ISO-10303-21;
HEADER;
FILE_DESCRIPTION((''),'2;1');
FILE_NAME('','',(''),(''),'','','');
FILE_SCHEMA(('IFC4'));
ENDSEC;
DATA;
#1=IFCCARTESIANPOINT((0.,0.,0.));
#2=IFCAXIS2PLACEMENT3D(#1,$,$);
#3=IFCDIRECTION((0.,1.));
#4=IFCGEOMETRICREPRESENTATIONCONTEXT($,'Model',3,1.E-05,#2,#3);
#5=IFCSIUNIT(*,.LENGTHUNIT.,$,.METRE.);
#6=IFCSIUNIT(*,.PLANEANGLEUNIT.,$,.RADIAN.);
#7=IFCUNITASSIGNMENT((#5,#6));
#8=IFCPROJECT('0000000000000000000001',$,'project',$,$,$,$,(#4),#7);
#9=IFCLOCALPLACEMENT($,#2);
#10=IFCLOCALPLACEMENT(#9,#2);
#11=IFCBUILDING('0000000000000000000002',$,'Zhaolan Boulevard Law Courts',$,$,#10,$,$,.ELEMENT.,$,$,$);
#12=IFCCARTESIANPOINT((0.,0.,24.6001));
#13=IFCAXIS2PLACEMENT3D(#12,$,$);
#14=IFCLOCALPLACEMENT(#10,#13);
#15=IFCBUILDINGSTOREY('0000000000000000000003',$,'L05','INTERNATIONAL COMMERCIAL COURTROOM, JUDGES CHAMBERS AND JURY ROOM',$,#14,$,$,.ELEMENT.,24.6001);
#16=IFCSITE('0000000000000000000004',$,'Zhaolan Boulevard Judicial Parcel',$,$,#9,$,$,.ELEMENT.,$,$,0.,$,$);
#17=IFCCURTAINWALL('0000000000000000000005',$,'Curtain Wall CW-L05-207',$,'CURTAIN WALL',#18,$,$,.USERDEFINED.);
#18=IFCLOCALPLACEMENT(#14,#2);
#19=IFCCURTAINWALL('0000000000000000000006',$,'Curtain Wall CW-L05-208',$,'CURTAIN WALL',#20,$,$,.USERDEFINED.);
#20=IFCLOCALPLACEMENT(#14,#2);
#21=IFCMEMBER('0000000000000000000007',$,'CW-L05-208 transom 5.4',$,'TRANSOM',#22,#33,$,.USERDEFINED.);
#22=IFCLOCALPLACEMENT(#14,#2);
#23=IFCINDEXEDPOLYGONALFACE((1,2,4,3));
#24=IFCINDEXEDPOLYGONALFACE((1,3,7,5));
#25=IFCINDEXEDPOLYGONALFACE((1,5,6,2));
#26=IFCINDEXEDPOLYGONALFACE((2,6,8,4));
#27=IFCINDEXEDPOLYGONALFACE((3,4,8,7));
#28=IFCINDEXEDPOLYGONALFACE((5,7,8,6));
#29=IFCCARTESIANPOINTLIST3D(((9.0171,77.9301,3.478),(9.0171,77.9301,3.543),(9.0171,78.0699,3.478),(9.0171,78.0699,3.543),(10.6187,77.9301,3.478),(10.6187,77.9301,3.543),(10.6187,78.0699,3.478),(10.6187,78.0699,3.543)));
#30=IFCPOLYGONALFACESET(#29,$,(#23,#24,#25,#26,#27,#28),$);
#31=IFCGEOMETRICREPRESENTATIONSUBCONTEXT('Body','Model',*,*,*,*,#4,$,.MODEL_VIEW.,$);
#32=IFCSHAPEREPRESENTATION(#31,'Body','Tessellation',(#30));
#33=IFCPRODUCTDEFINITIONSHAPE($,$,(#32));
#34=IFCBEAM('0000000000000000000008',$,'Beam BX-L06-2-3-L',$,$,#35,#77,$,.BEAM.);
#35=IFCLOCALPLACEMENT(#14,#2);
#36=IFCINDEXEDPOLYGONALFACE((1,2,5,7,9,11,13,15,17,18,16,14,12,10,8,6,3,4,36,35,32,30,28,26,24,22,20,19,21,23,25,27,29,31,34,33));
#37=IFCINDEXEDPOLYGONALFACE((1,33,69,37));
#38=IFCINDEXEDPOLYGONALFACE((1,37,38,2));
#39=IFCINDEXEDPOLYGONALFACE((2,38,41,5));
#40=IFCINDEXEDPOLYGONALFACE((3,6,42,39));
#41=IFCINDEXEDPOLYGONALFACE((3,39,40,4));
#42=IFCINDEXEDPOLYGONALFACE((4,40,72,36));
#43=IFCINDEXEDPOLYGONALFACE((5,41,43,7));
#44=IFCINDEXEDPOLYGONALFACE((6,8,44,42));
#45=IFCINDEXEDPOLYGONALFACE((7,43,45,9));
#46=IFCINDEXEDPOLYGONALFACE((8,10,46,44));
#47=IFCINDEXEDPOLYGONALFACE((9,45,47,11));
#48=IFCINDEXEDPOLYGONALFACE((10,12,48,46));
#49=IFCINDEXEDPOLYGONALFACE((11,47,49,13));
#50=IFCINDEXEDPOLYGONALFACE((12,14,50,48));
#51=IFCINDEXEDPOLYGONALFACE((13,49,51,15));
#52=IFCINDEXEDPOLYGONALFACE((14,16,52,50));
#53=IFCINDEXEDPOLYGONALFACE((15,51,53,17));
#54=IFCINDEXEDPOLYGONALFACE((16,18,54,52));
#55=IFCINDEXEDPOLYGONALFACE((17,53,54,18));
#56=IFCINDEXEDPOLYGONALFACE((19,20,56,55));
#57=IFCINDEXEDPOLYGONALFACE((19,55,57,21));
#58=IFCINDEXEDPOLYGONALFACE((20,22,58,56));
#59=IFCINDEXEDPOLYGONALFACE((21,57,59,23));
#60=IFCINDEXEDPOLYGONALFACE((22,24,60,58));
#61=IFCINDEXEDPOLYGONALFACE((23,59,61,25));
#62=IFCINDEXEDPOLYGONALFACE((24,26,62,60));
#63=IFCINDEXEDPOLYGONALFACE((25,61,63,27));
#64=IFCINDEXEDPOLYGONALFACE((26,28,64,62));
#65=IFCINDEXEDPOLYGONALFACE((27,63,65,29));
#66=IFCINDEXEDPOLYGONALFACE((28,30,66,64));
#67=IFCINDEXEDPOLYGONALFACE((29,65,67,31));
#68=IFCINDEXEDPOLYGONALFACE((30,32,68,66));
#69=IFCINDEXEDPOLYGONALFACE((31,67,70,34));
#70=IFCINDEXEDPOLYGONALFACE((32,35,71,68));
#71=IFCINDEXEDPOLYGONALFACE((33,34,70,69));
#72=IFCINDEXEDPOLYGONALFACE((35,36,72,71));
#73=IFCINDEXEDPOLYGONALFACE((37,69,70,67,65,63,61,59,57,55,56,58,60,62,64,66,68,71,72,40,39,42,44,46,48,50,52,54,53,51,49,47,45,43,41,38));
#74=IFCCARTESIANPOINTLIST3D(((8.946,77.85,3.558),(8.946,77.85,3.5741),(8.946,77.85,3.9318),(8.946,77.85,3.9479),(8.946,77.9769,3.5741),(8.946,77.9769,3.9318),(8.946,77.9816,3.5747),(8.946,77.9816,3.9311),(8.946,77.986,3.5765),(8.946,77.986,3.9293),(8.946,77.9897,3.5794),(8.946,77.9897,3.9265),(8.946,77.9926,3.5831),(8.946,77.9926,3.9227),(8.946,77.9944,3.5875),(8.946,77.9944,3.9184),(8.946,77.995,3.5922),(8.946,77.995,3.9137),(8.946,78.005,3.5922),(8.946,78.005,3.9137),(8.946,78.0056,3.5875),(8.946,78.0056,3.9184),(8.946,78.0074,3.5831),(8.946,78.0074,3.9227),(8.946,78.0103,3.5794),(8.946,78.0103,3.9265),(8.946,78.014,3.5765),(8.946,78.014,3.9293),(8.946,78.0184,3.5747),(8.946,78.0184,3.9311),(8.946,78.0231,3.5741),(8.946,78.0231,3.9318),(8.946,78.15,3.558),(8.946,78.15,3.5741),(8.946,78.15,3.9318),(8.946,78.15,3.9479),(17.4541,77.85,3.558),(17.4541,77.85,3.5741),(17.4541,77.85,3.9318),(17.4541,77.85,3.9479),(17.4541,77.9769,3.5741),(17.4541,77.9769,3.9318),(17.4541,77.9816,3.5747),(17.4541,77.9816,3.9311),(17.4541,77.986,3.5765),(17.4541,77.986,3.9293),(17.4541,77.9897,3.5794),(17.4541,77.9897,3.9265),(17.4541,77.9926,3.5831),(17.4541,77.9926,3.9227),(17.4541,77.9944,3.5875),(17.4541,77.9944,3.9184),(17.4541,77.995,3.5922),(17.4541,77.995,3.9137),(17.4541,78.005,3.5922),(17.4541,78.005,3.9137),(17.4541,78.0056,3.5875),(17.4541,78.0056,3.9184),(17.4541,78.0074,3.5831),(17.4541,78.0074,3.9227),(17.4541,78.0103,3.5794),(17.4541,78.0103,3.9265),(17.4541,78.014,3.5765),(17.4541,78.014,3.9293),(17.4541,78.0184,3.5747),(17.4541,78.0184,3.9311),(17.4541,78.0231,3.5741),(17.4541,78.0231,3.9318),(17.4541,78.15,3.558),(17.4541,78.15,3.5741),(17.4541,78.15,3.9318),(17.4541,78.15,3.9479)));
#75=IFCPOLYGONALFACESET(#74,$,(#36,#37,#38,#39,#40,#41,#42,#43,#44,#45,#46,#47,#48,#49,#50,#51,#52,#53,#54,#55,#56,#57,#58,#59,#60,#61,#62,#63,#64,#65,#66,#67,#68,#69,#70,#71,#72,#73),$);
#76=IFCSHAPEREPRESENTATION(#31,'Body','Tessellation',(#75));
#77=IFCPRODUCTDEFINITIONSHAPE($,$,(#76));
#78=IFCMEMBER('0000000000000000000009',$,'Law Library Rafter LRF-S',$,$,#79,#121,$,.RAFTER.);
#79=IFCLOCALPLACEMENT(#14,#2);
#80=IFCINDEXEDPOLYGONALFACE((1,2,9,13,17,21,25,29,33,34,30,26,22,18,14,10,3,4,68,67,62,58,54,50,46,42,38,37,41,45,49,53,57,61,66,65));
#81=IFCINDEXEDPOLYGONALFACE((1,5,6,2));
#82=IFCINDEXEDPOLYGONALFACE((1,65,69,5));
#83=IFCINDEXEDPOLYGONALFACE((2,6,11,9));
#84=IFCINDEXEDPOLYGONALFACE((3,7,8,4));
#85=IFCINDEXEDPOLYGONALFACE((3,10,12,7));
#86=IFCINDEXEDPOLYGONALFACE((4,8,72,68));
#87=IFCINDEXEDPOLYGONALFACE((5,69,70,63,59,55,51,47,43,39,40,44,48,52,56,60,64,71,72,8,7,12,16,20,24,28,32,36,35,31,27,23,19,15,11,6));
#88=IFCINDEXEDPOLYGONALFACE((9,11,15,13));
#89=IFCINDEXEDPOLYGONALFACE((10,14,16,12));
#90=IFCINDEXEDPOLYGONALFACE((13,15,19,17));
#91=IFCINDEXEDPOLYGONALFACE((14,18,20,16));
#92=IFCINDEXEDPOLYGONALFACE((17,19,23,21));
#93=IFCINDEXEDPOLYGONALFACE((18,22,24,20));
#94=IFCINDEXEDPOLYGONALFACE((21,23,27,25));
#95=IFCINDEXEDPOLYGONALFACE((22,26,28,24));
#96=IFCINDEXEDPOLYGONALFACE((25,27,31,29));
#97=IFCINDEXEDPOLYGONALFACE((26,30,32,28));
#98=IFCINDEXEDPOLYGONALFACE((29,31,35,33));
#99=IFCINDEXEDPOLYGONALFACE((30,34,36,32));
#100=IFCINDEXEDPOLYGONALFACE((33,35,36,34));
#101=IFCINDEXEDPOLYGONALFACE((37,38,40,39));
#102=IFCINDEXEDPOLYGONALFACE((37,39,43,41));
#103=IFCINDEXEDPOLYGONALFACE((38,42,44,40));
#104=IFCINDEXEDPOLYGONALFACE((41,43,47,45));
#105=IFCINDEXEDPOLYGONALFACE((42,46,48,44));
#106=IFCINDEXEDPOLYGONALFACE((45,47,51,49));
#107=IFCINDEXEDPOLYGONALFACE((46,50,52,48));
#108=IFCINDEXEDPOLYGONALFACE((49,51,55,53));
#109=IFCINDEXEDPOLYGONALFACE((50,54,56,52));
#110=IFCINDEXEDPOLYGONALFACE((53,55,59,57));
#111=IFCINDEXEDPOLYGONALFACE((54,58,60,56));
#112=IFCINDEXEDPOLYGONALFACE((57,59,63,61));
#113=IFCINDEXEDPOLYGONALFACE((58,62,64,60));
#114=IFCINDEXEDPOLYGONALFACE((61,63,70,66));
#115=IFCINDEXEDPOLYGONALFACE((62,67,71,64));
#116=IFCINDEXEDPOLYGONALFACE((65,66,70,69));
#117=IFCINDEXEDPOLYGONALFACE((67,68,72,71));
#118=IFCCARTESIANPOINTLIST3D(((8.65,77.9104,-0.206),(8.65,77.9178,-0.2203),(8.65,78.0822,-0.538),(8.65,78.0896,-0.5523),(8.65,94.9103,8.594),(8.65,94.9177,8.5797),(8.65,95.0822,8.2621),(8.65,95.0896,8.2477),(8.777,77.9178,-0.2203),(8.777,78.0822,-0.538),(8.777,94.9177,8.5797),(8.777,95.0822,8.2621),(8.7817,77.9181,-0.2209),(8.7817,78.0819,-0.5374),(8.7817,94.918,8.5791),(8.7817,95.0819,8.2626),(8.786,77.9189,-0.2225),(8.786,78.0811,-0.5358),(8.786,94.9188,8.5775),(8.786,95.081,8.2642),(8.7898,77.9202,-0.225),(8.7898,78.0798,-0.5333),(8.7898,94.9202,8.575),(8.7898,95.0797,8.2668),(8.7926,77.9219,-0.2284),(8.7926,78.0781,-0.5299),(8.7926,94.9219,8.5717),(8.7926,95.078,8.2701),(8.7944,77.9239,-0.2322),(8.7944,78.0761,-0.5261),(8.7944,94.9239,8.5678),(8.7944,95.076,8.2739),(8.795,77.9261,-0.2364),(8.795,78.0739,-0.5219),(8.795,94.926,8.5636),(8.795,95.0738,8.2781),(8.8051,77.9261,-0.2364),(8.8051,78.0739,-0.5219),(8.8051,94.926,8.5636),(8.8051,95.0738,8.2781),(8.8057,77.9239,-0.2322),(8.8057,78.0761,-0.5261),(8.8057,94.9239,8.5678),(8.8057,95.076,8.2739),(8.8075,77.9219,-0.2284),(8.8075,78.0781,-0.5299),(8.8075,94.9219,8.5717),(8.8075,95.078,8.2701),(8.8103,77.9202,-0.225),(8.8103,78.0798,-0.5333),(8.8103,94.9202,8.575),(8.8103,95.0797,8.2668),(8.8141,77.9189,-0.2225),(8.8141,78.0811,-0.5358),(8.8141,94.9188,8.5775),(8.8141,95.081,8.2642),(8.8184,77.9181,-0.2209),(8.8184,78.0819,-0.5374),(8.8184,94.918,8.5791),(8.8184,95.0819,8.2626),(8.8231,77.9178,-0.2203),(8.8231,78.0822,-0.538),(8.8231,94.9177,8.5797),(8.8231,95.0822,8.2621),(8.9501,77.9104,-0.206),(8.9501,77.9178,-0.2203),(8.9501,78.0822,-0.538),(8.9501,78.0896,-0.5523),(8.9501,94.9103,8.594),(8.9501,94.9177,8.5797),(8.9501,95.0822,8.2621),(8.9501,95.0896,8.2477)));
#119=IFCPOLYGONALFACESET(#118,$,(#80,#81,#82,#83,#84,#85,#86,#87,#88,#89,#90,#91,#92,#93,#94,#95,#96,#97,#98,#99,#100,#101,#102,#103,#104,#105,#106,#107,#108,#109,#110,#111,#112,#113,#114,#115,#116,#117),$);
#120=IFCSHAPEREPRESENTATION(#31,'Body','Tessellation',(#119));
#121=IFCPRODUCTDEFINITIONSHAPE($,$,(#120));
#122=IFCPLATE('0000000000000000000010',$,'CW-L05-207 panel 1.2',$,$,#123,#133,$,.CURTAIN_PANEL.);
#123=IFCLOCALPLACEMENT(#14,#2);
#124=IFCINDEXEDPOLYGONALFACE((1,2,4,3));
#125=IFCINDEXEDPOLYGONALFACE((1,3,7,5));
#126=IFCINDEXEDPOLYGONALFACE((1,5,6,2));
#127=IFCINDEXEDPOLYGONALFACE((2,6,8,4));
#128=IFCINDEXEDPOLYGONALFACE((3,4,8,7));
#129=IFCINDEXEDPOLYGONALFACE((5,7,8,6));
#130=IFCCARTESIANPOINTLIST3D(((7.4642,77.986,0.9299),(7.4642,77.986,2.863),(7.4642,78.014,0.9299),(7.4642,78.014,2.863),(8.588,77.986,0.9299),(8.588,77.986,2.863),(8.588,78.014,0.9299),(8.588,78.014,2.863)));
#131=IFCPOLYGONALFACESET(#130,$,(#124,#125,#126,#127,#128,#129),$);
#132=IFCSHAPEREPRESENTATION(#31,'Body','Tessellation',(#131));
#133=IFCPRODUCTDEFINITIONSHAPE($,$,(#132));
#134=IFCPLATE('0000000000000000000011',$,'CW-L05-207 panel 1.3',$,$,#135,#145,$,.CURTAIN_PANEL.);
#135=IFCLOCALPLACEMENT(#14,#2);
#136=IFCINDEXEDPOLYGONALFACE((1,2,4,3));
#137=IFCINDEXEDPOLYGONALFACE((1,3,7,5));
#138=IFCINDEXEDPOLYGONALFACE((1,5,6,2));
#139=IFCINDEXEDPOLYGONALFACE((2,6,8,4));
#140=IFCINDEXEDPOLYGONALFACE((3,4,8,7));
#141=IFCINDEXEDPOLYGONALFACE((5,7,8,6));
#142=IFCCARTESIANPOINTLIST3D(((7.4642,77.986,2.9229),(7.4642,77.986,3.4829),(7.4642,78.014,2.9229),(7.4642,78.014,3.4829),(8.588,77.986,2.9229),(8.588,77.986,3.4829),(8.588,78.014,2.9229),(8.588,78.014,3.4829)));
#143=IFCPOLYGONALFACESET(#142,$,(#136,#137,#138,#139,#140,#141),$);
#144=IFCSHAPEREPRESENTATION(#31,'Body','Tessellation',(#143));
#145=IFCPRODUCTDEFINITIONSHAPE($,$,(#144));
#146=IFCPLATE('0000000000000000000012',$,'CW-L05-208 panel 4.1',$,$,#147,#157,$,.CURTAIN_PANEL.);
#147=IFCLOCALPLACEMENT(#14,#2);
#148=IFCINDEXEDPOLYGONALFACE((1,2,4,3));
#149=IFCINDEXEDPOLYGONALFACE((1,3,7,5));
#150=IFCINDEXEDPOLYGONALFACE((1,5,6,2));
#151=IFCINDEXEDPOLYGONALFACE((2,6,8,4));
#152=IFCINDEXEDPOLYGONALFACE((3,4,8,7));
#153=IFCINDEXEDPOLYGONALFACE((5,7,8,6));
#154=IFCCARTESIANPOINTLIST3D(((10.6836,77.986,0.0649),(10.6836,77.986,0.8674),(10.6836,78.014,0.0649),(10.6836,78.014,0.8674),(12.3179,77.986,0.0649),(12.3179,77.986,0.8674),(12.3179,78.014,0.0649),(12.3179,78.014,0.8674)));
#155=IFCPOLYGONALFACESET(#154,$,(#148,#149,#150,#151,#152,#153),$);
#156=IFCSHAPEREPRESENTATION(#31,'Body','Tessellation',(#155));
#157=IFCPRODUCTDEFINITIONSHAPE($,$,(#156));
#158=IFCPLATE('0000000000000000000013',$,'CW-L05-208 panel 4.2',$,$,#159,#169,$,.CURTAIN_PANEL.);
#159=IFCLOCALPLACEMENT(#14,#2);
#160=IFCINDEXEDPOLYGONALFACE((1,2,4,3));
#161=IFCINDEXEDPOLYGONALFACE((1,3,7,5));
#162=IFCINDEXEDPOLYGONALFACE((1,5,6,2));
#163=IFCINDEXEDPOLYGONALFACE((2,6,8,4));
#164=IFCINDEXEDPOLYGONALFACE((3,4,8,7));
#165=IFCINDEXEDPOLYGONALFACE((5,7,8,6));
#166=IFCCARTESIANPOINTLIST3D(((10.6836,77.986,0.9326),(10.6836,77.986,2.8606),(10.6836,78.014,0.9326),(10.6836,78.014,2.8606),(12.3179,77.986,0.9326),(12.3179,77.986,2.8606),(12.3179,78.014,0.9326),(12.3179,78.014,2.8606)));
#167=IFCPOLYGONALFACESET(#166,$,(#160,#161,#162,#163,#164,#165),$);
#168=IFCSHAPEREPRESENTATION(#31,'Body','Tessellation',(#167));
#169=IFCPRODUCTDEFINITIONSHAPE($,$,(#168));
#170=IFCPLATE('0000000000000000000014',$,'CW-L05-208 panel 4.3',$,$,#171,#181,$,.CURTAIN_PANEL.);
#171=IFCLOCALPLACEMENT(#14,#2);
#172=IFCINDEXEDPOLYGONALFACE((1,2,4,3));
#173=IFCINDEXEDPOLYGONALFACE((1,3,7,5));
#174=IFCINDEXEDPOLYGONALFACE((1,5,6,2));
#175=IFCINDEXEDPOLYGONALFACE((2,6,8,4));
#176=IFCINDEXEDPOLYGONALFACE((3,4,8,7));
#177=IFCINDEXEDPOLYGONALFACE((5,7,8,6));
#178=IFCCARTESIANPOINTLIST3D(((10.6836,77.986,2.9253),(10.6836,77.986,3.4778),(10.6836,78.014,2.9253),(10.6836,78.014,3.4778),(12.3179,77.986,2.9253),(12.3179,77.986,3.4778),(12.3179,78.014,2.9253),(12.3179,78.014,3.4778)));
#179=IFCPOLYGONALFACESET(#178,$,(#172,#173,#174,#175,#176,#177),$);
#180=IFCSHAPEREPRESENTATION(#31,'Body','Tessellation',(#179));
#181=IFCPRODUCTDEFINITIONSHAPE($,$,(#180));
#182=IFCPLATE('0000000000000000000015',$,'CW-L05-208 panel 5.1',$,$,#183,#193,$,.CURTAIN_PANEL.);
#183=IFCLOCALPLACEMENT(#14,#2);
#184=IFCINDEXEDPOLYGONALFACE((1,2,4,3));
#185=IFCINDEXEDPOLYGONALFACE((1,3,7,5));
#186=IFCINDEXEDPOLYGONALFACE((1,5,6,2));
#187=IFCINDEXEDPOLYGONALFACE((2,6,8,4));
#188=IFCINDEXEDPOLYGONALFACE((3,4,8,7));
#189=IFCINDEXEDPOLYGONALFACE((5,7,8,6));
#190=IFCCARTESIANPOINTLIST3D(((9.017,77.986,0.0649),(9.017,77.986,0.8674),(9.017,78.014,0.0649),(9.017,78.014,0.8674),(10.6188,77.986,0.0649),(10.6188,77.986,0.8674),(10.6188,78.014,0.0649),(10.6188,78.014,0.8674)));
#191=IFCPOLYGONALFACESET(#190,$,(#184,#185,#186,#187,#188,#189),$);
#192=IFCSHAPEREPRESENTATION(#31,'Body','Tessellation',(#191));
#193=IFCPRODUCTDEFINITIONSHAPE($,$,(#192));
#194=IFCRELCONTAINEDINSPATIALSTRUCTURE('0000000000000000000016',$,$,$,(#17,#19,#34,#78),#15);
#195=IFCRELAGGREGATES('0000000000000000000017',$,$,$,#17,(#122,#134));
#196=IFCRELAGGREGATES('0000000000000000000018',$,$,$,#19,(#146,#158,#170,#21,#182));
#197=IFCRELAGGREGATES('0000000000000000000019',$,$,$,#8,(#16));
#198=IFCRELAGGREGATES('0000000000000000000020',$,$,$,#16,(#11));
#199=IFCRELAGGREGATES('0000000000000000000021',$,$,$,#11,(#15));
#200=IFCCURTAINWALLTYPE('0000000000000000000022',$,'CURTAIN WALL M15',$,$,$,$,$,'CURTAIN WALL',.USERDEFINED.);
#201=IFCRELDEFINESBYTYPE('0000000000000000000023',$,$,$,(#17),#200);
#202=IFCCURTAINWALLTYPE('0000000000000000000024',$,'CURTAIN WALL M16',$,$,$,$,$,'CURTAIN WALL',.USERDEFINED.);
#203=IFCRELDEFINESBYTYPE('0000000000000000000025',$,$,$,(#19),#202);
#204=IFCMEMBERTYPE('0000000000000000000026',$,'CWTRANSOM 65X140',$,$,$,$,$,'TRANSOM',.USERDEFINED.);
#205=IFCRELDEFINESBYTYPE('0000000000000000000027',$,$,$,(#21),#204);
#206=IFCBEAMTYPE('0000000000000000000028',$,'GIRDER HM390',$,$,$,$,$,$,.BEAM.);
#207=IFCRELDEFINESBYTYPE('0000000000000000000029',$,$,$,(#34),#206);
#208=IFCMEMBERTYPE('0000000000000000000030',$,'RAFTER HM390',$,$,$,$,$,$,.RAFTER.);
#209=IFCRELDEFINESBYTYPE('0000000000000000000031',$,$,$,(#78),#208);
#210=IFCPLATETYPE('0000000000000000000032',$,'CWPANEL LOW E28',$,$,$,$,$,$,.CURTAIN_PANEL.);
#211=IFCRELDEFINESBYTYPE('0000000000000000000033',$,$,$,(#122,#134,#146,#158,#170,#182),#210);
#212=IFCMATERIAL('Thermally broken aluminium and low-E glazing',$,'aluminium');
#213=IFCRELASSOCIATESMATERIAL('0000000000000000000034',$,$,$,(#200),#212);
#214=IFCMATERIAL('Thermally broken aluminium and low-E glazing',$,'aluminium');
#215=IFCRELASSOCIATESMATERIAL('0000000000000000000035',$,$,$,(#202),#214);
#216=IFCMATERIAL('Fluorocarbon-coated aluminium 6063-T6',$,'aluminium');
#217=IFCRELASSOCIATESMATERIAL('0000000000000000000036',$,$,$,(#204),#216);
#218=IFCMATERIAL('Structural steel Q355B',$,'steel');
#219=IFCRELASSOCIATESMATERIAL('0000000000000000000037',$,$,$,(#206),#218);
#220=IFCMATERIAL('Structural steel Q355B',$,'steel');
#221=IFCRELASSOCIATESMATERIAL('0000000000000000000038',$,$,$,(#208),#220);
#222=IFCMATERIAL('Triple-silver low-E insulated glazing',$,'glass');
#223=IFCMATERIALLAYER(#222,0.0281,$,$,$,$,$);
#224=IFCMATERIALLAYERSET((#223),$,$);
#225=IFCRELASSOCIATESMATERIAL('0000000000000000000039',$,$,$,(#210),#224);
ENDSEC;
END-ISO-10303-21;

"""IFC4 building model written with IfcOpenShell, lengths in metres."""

from ifc_helpers import new_model, si_unit, direction, frame, origin, origin_2d, place, context, subcontext, project, spatial, rectangle, i_section, extrude, material, layer, layer_set, material_profile, profile_set, type_object, element, aggregate, save


model = new_model("IFC4")

# Units and contexts
model_context = context("Model", 3, precision=1e-05, world=origin(), true_north=direction((0.0, 1.0)))
body_context = subcontext(model_context, "Body", "Model", "MODEL_VIEW")
ifc_project = project(units=[si_unit("LENGTHUNIT", "METRE"), si_unit("PLANEANGLEUNIT", "RADIAN")], contexts=[model_context])

# Site, building, storey
site_placement = place(None, origin())
site = spatial("IfcSite", under=ifc_project, at=site_placement, Name="Zhaolan Boulevard Judicial Parcel", CompositionType="ELEMENT", RefElevation=0.0)
building_placement = place(site_placement, origin())
building = spatial("IfcBuilding", under=site, at=building_placement, Name="Zhaolan Boulevard Law Courts", CompositionType="ELEMENT")
storey_placement = place(building_placement, frame((0.0, 0.0, 24.6001)))
storey = spatial("IfcBuildingStorey", under=building, at=storey_placement, Name="L05", Description="INTERNATIONAL COMMERCIAL COURTROOM, JUDGES CHAMBERS AND JURY ROOM", CompositionType="ELEMENT", Elevation=24.6001)

# Curtain wall
ifc_material_1 = material(Name="Thermally broken aluminium and low-E glazing", Category="aluminium")
curtain_wall_type_1 = type_object("IfcCurtainWallType", Name="CURTAIN WALL M15", ElementType="CURTAIN WALL", PredefinedType="USERDEFINED", material=ifc_material_1)
curtain_wall_1_placement = place(storey_placement, origin())
curtain_wall_1 = element("IfcCurtainWall", 1, at=curtain_wall_1_placement, inside=storey, type_object=curtain_wall_type_1, Name="Curtain Wall CW-L05-207", ObjectType="CURTAIN WALL", PredefinedType="USERDEFINED")

# Curtain wall
ifc_material_2 = material(Name="Thermally broken aluminium and low-E glazing", Category="aluminium")
curtain_wall_type_2 = type_object("IfcCurtainWallType", Name="CURTAIN WALL M16", ElementType="CURTAIN WALL", PredefinedType="USERDEFINED", material=ifc_material_2)
curtain_wall_2_placement = place(storey_placement, origin())
curtain_wall_2 = element("IfcCurtainWall", 2, at=curtain_wall_2_placement, inside=storey, type_object=curtain_wall_type_2, Name="Curtain Wall CW-L05-208", ObjectType="CURTAIN WALL", PredefinedType="USERDEFINED")

# Member
ifc_material_3 = material(Name="Fluorocarbon-coated aluminium 6063-T6", Category="aluminium")
ifc_material_profile_1 = material_profile(ifc_material_3, rectangle(XDim=0.1399, YDim=0.0649, at=origin_2d()), Name="AL65x140")
ifc_profile_set_1 = profile_set([ifc_material_profile_1], Name="Fluorocarbon-coated aluminium 6063-T6")
member_type_1 = type_object("IfcMemberType", Name="CWTRANSOM 65X140", ElementType="TRANSOM", PredefinedType="USERDEFINED", material=ifc_profile_set_1)
member_1_placement = place(storey_placement, frame((10.6187, 78.0, 3.5105), z_axis=(-1.0, 0.0, 0.0), x_axis=(0.0, -1.0, 0.0)))
member_1 = element("IfcMember", 3, at=member_1_placement, type_object=member_type_1, Name="CW-L05-208 transom 5.4", ObjectType="TRANSOM", PredefinedType="USERDEFINED", context=body_context, shape_type="SweptSolid", body=[
    extrude(rectangle(XDim=0.1399, YDim=0.0649, at=origin_2d()), origin(), (0.0, 0.0, 1.0), 1.6016),
])

# Beam
ifc_material_4 = material(Name="Structural steel Q355B", Category="steel")
ifc_material_profile_2 = material_profile(ifc_material_4, i_section(OverallWidth=0.3, OverallDepth=0.3899, WebThickness=0.01, FlangeThickness=0.0161, FilletRadius=0.0181, at=origin_2d()), Name="HM390x300")
ifc_profile_set_2 = profile_set([ifc_material_profile_2], Name="Structural steel Q355B")
beam_type = type_object("IfcBeamType", Name="GIRDER HM390", PredefinedType="BEAM", material=ifc_profile_set_2)
beam_placement = place(storey_placement, frame((8.946, 78.0, 3.7529), z_axis=(1.0, 0.0, 0.0), x_axis=(0.0, 1.0, 0.0)))
element("IfcBeam", 4, at=beam_placement, inside=storey, type_object=beam_type, Name="Beam BX-L06-2-3-L", PredefinedType="BEAM", context=body_context, shape_type="SweptSolid", body=[
    extrude(i_section(OverallWidth=0.3, OverallDepth=0.3899, WebThickness=0.01, FlangeThickness=0.0161, FilletRadius=0.0181, at=origin_2d()), origin(), (0.0, 0.0, 1.0), 8.5081),
])

# Member
ifc_material_5 = material(Name="Structural steel Q355B", Category="steel")
ifc_material_profile_3 = material_profile(ifc_material_5, i_section(OverallWidth=0.3, OverallDepth=0.3899, WebThickness=0.01, FlangeThickness=0.0161, FilletRadius=0.0181, at=origin_2d()), Name="HM390x300")
ifc_profile_set_3 = profile_set([ifc_material_profile_3], Name="Structural steel Q355B")
member_type_2 = type_object("IfcMemberType", Name="RAFTER HM390", PredefinedType="RAFTER", material=ifc_profile_set_3)
member_2_placement = place(storey_placement, frame((8.8, 78.0, -0.3792), z_axis=(0.0, 0.88807, 0.459709), x_axis=(-1.0, 0.0, 0.0)))
element("IfcMember", 5, at=member_2_placement, inside=storey, type_object=member_type_2, Name="Law Library Rafter LRF-S", PredefinedType="RAFTER", context=body_context, shape_type="SweptSolid", body=[
    extrude(i_section(OverallWidth=0.3, OverallDepth=0.3899, WebThickness=0.01, FlangeThickness=0.0161, FilletRadius=0.0181, at=origin_2d()), origin(), (0.0, 0.0, 1.0), 19.1426),
])

# Plates
ifc_material_6 = material(Name="Triple-silver low-E insulated glazing", Category="glass")
ifc_layer = layer(ifc_material_6, 0.0281)
ifc_layer_set = layer_set([ifc_layer])
plate_type = type_object("IfcPlateType", Name="CWPANEL LOW E28", PredefinedType="CURTAIN_PANEL", material=ifc_layer_set)
plate_1_placement = place(storey_placement, frame((8.0261, 78.0, 0.9299), z_axis=(0.0, 0.0, 1.0), x_axis=(-1.0, 0.0, 0.0)))
plate_1 = element("IfcPlate", 6, at=plate_1_placement, type_object=plate_type, Name="CW-L05-207 panel 1.2", PredefinedType="CURTAIN_PANEL", context=body_context, shape_type="SweptSolid", body=[
    extrude(rectangle(XDim=1.1238, YDim=0.0281, at=origin_2d()), origin(), (0.0, 0.0, 1.0), 1.9331),
])
plate_2_placement = place(storey_placement, frame((8.0261, 78.0, 2.9229), z_axis=(0.0, 0.0, 1.0), x_axis=(-1.0, 0.0, 0.0)))
plate_2 = element("IfcPlate", 7, at=plate_2_placement, type_object=plate_type, Name="CW-L05-207 panel 1.3", PredefinedType="CURTAIN_PANEL", context=body_context, shape_type="SweptSolid", body=[
    extrude(rectangle(XDim=1.1238, YDim=0.0281, at=origin_2d()), origin(), (0.0, 0.0, 1.0), 0.5601),
])
aggregate(curtain_wall_1, [plate_1, plate_2])
plate_3_placement = place(storey_placement, frame((11.5007, 78.0, 0.0649), z_axis=(0.0, 0.0, 1.0), x_axis=(-1.0, 0.0, 0.0)))
plate_3 = element("IfcPlate", 8, at=plate_3_placement, type_object=plate_type, Name="CW-L05-208 panel 4.1", PredefinedType="CURTAIN_PANEL", context=body_context, shape_type="SweptSolid", body=[
    extrude(rectangle(XDim=1.6343, YDim=0.0281, at=origin_2d()), origin(), (0.0, 0.0, 1.0), 0.8025),
])
plate_4_placement = place(storey_placement, frame((11.5007, 78.0, 0.9326), z_axis=(0.0, 0.0, 1.0), x_axis=(-1.0, 0.0, 0.0)))
plate_4 = element("IfcPlate", 9, at=plate_4_placement, type_object=plate_type, Name="CW-L05-208 panel 4.2", PredefinedType="CURTAIN_PANEL", context=body_context, shape_type="SweptSolid", body=[
    extrude(rectangle(XDim=1.6343, YDim=0.0281, at=origin_2d()), origin(), (0.0, 0.0, 1.0), 1.928),
])
plate_5_placement = place(storey_placement, frame((11.5007, 78.0, 2.9253), z_axis=(0.0, 0.0, 1.0), x_axis=(-1.0, 0.0, 0.0)))
plate_5 = element("IfcPlate", 10, at=plate_5_placement, type_object=plate_type, Name="CW-L05-208 panel 4.3", PredefinedType="CURTAIN_PANEL", context=body_context, shape_type="SweptSolid", body=[
    extrude(rectangle(XDim=1.6343, YDim=0.0281, at=origin_2d()), origin(), (0.0, 0.0, 1.0), 0.5525),
])
plate_6_placement = place(storey_placement, frame((9.8179, 78.0, 0.0649), z_axis=(0.0, 0.0, 1.0), x_axis=(-1.0, 0.0, 0.0)))
plate_6 = element("IfcPlate", 11, at=plate_6_placement, type_object=plate_type, Name="CW-L05-208 panel 5.1", PredefinedType="CURTAIN_PANEL", context=body_context, shape_type="SweptSolid", body=[
    extrude(rectangle(XDim=1.6018, YDim=0.0281, at=origin_2d()), origin(), (0.0, 0.0, 1.0), 0.8025),
])
aggregate(curtain_wall_2, [plate_3, plate_4, plate_5, member_1, plate_6])

save(model, "model.ifc")
